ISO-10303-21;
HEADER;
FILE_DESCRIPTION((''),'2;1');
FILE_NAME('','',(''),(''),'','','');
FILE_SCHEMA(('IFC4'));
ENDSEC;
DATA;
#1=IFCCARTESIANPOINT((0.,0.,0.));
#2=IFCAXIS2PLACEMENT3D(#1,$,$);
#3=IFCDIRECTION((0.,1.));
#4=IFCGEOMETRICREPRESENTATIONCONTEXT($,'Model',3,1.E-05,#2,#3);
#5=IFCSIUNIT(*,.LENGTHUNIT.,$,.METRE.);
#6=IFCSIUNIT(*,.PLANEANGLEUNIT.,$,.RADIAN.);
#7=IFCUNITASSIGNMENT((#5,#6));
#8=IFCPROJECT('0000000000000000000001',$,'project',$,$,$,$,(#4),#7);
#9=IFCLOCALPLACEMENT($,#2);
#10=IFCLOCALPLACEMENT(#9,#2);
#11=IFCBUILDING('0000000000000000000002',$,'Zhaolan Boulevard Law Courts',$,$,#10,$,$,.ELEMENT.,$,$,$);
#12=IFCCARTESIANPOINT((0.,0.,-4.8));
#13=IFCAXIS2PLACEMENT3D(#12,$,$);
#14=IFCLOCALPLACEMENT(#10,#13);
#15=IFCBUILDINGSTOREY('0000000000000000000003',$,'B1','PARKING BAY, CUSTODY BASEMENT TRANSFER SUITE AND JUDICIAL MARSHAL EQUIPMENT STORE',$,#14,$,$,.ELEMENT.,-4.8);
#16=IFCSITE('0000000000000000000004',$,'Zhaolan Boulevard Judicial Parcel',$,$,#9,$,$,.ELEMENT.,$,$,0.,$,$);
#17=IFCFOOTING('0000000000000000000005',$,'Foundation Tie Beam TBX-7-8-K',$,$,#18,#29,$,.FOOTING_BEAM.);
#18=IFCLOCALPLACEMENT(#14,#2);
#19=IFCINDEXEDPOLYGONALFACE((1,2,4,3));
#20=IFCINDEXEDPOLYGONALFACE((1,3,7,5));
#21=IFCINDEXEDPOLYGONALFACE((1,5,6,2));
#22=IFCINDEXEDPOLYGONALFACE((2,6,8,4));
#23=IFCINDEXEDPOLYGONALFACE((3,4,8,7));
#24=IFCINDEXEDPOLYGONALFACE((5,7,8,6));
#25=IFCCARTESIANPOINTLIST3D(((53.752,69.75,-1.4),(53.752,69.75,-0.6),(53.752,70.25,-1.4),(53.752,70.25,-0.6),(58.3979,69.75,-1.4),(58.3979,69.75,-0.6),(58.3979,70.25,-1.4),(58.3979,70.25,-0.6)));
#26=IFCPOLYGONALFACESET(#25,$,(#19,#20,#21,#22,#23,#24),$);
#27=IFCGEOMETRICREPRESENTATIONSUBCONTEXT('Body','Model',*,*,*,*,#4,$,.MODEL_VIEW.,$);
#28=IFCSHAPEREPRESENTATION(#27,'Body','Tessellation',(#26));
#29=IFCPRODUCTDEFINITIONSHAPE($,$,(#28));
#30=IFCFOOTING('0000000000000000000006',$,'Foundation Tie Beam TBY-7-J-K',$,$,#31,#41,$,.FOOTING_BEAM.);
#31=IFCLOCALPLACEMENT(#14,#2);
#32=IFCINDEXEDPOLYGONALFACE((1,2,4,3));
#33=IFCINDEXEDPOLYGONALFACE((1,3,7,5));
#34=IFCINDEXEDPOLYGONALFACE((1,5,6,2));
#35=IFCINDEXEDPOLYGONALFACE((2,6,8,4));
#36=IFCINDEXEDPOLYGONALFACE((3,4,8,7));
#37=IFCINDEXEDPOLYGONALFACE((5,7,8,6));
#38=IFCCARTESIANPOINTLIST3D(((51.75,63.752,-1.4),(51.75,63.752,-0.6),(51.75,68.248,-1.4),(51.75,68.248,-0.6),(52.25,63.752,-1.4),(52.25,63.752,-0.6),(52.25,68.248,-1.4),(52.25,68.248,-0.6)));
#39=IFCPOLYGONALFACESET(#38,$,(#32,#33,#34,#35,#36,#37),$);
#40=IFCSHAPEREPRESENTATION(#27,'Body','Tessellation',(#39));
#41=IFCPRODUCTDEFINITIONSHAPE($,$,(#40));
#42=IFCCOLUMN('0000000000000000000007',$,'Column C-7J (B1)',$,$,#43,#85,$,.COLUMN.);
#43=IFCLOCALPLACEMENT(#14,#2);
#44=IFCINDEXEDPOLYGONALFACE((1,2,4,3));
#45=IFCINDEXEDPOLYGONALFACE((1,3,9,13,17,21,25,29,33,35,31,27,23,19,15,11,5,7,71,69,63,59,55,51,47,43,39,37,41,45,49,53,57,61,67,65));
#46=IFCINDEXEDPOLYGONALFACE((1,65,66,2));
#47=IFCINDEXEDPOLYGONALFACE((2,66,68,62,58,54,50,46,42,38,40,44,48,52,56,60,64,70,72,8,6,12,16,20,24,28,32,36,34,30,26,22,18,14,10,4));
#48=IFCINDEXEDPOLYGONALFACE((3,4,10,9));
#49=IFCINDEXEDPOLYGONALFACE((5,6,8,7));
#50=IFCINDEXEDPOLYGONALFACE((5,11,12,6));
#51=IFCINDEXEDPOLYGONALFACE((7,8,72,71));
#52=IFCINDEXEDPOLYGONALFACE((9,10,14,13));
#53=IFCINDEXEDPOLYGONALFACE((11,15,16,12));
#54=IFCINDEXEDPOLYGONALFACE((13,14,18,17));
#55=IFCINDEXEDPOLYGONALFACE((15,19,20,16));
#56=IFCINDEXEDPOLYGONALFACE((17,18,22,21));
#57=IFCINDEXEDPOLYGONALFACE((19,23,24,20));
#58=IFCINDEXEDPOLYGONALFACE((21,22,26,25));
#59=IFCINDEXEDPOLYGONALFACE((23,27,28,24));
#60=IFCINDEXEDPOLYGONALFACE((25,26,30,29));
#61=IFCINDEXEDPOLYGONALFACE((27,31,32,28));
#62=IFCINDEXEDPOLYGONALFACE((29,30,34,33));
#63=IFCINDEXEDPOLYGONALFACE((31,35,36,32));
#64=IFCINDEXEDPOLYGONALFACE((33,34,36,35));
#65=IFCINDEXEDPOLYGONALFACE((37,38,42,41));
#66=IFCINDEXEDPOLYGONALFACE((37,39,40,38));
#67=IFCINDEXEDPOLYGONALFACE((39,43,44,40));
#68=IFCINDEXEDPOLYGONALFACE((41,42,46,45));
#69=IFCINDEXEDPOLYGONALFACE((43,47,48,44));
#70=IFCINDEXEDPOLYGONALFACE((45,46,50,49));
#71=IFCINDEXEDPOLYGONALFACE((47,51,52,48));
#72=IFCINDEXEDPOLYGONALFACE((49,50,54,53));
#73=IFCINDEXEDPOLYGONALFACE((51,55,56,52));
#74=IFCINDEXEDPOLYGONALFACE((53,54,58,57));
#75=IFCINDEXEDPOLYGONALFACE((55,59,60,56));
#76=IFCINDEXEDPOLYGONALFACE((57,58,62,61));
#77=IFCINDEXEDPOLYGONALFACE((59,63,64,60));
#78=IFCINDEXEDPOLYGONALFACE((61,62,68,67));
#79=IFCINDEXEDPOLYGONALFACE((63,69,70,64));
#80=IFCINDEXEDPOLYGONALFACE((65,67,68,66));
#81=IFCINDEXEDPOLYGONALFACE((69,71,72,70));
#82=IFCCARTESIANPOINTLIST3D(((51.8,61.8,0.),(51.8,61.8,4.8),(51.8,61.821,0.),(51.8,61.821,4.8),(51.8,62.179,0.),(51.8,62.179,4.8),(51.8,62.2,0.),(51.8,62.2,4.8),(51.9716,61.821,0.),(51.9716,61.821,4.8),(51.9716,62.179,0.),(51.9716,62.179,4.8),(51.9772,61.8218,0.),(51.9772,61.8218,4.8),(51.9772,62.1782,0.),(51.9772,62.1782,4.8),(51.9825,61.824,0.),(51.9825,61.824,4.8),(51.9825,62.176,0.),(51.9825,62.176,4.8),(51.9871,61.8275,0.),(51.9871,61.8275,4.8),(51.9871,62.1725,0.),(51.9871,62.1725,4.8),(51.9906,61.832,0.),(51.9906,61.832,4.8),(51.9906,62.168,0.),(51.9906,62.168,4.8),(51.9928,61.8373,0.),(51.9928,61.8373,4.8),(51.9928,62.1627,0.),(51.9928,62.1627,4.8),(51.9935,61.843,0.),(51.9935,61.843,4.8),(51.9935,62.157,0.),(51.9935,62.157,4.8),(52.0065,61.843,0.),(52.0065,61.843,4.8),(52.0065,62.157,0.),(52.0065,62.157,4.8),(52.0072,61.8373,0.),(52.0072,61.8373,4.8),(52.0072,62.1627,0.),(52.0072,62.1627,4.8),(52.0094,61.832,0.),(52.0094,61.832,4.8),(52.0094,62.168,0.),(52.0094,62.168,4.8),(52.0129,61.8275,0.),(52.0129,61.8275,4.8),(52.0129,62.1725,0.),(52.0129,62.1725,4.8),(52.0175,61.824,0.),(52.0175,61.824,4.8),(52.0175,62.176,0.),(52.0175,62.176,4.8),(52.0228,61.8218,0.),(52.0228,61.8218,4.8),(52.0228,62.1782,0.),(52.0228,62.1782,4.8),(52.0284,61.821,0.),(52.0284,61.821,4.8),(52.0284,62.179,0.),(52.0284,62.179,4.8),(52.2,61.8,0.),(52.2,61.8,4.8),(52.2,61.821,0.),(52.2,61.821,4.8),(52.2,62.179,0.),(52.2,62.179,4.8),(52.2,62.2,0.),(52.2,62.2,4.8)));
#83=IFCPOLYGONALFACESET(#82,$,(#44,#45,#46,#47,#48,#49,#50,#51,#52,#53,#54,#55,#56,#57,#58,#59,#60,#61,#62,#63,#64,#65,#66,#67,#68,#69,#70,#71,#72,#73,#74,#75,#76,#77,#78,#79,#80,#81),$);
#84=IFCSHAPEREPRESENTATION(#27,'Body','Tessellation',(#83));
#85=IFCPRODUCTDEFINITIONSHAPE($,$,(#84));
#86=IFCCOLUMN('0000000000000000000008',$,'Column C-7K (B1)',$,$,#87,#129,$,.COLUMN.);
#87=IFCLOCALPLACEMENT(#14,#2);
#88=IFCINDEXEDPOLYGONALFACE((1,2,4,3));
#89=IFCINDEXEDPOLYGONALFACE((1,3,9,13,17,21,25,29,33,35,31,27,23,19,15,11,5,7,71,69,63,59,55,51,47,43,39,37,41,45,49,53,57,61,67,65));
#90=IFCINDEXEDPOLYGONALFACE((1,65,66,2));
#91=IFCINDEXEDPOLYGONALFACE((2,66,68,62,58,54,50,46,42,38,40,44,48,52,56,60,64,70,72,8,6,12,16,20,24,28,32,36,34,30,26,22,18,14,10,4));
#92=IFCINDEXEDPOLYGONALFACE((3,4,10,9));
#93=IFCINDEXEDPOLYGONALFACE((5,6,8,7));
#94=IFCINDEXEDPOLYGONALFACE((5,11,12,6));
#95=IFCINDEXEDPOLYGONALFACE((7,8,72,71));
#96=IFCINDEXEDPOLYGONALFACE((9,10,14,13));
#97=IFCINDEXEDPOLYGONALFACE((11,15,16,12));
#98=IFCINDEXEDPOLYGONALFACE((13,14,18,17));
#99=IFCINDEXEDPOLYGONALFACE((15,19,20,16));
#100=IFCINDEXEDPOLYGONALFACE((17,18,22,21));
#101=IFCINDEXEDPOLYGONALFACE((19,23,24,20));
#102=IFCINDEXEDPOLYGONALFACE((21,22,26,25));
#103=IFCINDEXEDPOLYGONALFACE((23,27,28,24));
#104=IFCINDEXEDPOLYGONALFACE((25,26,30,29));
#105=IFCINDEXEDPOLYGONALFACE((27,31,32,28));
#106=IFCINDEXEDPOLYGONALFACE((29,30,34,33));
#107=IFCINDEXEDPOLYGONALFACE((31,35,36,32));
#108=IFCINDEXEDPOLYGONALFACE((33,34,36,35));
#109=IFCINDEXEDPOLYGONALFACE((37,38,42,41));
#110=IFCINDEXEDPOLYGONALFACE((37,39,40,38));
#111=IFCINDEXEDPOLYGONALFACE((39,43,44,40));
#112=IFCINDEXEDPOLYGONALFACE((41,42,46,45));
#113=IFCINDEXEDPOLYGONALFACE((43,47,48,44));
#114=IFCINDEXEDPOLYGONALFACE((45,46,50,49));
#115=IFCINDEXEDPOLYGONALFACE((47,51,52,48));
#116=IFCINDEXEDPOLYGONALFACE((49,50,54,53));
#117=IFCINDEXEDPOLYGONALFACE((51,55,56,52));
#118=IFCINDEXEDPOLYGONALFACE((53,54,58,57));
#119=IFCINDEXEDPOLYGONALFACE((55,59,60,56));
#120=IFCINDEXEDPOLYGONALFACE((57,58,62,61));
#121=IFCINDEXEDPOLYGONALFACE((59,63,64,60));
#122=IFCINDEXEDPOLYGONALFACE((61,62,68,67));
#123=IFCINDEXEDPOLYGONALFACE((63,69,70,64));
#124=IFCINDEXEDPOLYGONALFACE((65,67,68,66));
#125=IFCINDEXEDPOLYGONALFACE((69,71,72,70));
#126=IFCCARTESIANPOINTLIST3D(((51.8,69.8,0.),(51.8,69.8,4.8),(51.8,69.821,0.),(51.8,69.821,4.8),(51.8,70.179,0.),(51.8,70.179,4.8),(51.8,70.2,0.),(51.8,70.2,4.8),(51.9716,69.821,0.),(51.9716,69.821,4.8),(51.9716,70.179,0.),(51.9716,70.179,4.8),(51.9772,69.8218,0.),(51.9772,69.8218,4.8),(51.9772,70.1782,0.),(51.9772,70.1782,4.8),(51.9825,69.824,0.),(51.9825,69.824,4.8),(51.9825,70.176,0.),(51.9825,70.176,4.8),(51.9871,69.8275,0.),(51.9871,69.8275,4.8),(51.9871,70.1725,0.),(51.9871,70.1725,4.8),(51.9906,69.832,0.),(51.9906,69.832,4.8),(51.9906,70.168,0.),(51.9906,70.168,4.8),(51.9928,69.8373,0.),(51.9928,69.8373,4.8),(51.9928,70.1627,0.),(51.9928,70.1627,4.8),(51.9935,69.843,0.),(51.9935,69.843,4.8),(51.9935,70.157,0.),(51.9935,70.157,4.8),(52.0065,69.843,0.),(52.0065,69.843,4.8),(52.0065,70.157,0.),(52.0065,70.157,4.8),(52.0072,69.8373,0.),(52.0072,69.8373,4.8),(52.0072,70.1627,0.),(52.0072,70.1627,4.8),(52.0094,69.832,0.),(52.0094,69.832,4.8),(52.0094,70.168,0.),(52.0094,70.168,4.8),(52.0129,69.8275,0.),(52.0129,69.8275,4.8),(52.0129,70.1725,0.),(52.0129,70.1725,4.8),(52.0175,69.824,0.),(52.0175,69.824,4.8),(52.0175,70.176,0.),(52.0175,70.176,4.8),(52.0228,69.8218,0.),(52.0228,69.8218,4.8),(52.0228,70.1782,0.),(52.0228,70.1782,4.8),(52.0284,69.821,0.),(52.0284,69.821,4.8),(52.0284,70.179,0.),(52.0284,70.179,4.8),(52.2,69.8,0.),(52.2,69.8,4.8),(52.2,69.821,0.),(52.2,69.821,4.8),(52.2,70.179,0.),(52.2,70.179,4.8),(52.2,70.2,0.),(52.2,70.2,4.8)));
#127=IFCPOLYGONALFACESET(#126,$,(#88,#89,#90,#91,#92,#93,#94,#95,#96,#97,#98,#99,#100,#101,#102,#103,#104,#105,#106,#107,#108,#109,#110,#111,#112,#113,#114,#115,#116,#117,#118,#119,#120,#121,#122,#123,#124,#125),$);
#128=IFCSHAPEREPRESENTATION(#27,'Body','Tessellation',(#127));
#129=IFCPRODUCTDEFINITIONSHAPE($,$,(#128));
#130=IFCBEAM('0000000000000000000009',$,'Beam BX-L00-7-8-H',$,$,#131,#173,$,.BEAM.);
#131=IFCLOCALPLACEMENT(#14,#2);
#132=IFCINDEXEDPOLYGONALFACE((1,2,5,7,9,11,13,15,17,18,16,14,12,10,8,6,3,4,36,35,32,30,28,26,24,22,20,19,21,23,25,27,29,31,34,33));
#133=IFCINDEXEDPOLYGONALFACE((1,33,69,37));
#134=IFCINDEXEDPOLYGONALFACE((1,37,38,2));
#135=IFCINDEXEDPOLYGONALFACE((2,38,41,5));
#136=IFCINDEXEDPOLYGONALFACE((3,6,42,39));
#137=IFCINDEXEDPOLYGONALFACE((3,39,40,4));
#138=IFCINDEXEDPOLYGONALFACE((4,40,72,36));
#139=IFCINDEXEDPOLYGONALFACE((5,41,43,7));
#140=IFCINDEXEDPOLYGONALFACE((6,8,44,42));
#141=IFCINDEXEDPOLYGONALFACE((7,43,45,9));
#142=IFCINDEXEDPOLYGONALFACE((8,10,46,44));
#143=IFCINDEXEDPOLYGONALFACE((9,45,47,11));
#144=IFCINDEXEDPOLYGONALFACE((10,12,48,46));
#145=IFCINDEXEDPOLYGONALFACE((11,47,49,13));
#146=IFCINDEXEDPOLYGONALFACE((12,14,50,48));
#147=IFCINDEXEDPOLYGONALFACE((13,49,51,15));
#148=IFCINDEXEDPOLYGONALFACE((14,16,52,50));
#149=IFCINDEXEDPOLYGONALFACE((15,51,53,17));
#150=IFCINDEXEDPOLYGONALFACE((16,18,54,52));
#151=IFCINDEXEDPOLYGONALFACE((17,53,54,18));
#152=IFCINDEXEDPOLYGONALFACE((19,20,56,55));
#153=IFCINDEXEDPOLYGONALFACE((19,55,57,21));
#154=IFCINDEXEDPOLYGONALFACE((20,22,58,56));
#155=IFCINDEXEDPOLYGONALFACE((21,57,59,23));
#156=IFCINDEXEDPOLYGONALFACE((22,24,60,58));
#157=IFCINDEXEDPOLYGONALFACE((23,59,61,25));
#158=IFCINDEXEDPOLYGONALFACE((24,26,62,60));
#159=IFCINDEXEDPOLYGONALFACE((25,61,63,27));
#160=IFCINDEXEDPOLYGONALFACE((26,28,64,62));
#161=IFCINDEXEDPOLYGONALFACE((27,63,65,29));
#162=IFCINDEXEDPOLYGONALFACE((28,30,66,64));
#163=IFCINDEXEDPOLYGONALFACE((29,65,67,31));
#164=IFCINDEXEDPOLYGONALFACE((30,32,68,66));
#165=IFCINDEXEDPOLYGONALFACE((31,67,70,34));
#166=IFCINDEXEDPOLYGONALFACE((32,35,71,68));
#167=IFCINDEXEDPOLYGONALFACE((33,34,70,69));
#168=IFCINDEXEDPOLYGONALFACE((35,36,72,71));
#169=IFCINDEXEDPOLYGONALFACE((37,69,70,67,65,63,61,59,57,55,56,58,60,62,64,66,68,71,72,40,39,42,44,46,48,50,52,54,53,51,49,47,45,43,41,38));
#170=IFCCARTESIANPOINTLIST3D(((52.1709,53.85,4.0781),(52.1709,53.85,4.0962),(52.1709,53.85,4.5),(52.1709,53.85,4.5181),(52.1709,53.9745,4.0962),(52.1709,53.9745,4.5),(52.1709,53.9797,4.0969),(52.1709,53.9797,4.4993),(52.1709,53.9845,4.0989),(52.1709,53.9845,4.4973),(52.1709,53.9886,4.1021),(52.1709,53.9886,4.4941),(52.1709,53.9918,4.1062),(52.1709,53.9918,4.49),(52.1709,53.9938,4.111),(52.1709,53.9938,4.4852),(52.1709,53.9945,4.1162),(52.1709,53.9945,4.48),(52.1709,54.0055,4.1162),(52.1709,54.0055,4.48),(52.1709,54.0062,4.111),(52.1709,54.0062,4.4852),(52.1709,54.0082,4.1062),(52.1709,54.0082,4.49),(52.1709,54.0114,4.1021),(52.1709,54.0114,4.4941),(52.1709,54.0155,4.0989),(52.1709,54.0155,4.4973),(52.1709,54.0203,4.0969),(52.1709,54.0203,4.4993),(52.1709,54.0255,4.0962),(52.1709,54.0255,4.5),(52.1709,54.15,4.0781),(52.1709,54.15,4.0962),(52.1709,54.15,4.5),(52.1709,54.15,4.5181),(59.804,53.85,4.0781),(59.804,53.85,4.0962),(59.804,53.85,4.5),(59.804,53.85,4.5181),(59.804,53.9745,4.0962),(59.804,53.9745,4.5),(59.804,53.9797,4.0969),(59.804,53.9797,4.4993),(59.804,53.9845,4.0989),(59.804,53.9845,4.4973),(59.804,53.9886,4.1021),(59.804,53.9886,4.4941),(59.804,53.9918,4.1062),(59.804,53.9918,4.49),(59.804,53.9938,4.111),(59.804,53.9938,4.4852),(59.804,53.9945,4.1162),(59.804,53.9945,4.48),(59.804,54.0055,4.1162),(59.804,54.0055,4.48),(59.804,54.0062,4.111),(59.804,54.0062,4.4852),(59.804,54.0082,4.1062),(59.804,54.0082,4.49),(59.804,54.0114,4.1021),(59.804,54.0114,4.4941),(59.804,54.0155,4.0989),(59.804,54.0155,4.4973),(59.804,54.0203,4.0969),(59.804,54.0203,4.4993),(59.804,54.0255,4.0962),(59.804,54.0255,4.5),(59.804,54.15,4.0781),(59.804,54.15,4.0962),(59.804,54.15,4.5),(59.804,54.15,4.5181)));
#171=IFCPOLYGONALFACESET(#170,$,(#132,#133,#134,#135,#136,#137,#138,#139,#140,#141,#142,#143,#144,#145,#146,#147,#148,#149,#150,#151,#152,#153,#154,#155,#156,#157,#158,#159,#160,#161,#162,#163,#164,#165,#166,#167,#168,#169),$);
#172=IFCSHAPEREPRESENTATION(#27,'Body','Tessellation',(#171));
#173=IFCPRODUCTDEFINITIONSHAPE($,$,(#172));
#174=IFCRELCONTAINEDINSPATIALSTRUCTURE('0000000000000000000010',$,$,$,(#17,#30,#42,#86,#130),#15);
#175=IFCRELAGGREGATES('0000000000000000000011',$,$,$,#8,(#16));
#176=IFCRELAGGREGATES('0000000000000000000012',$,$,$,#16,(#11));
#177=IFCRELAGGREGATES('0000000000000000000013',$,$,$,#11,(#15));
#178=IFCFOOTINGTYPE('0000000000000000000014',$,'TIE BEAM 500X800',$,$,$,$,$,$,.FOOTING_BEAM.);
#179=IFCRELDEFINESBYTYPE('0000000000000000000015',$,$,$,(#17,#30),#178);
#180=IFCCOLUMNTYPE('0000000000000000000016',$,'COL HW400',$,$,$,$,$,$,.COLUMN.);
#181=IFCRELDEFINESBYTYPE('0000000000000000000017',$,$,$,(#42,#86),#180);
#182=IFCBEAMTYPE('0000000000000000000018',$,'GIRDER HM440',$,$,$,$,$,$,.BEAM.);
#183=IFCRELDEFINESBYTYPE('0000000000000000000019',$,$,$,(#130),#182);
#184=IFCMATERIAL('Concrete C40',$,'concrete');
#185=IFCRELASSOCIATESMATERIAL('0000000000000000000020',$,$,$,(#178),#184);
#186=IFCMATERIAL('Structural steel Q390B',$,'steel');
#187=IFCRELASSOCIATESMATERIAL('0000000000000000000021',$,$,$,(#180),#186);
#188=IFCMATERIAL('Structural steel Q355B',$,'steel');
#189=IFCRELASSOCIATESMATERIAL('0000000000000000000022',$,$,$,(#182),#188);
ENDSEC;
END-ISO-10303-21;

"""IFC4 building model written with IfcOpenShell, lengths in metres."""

from ifc_helpers import new_model, si_unit, direction, frame, origin, origin_2d, place, context, subcontext, project, spatial, rectangle, i_section, extrude, material, material_profile, profile_set, type_object, element, save


model = new_model("IFC4")

# Units and contexts
model_context = context("Model", 3, precision=1e-05, world=origin(), true_north=direction((0.0, 1.0)))
body_context = subcontext(model_context, "Body", "Model", "MODEL_VIEW")
ifc_project = project(units=[si_unit("LENGTHUNIT", "METRE"), si_unit("PLANEANGLEUNIT", "RADIAN")], contexts=[model_context])

# Site, building, storey
site_placement = place(None, origin())
site = spatial("IfcSite", under=ifc_project, at=site_placement, Name="Zhaolan Boulevard Judicial Parcel", CompositionType="ELEMENT", RefElevation=0.0)
building_placement = place(site_placement, origin())
building = spatial("IfcBuilding", under=site, at=building_placement, Name="Zhaolan Boulevard Law Courts", CompositionType="ELEMENT")
storey_placement = place(building_placement, frame((0.0, 0.0, -4.8)))
storey = spatial("IfcBuildingStorey", under=building, at=storey_placement, Name="B1", Description="PARKING BAY, CUSTODY BASEMENT TRANSFER SUITE AND JUDICIAL MARSHAL EQUIPMENT STORE", CompositionType="ELEMENT", Elevation=-4.8)

# Footings
ifc_material_1 = material(Name="Concrete C40", Category="concrete")
ifc_material_profile_1 = material_profile(ifc_material_1, rectangle(XDim=0.5, YDim=0.8, at=origin_2d()), Name="RC500x800")
ifc_profile_set_1 = profile_set([ifc_material_profile_1], Name="Concrete C40")
footing_type_1 = type_object("IfcFootingType", Name="TIE BEAM 500X800", PredefinedType="FOOTING_BEAM", material=ifc_profile_set_1)
footing_1_placement = place(storey_placement, frame((53.752, 70.0, -1.0), z_axis=(1.0, 0.0, 0.0), x_axis=(0.0, 1.0, 0.0)))
element("IfcFooting", 1, at=footing_1_placement, inside=storey, type_object=footing_type_1, Name="Foundation Tie Beam TBX-7-8-K", PredefinedType="FOOTING_BEAM", context=body_context, shape_type="SweptSolid", body=[
    extrude(rectangle(XDim=0.5, YDim=0.8, at=origin_2d()), origin(), (0.0, 0.0, 1.0), 4.646),
])
footing_2_placement = place(storey_placement, frame((52.0, 63.752, -1.0), z_axis=(0.0, 1.0, 0.0), x_axis=(-1.0, 0.0, 0.0)))
element("IfcFooting", 2, at=footing_2_placement, inside=storey, type_object=footing_type_1, Name="Foundation Tie Beam TBY-7-J-K", PredefinedType="FOOTING_BEAM", context=body_context, shape_type="SweptSolid", body=[
    extrude(rectangle(XDim=0.5, YDim=0.8, at=origin_2d()), origin(), (0.0, 0.0, 1.0), 4.4961),
])

# Columns
ifc_material_2 = material(Name="Structural steel Q390B", Category="steel")
ifc_material_profile_2 = material_profile(ifc_material_2, i_section(OverallWidth=0.3999, OverallDepth=0.3999, WebThickness=0.0129, FlangeThickness=0.021, FilletRadius=0.022, at=origin_2d()), Name="HW400x400")
ifc_profile_set_2 = profile_set([ifc_material_profile_2], Name="Structural steel Q390B")
column_type = type_object("IfcColumnType", Name="COL HW400", PredefinedType="COLUMN", material=ifc_profile_set_2)
for number, where, z_axis, x_axis, name in (
    (3, (52.0, 62.0, 0.0), (0.0, 0.0, 1.0), (1.0, 0.0, 0.0), "Column C-7J (B1)"),
    (4, (52.0, 70.0, 0.0), (0.0, 0.0, 1.0), (1.0, 0.0, 0.0), "Column C-7K (B1)"),
):
    element("IfcColumn", number, at=place(storey_placement, frame(where, z_axis=z_axis, x_axis=x_axis)), inside=storey, type_object=column_type, Name=name, PredefinedType="COLUMN", context=body_context, shape_type="SweptSolid", body=[
        extrude(i_section(OverallWidth=0.3999, OverallDepth=0.3999, WebThickness=0.0129, FlangeThickness=0.021, FilletRadius=0.022, at=origin_2d()), origin(), (0.0, 0.0, 1.0), 4.8),
    ])

# Beam
ifc_material_3 = material(Name="Structural steel Q355B", Category="steel")
ifc_material_profile_3 = material_profile(ifc_material_3, i_section(OverallWidth=0.3, OverallDepth=0.4399, WebThickness=0.011, FlangeThickness=0.0181, FilletRadius=0.02, at=origin_2d()), Name="HM440x300")
ifc_profile_set_3 = profile_set([ifc_material_profile_3], Name="Structural steel Q355B")
beam_type_1 = type_object("IfcBeamType", Name="GIRDER HM440", PredefinedType="BEAM", material=ifc_profile_set_3)
beam_1_placement = place(storey_placement, frame((52.1709, 54.0, 4.2981), z_axis=(1.0, 0.0, 0.0), x_axis=(0.0, 1.0, 0.0)))
element("IfcBeam", 5, at=beam_1_placement, inside=storey, type_object=beam_type_1, Name="Beam BX-L00-7-8-H", PredefinedType="BEAM", context=body_context, shape_type="SweptSolid", body=[
    extrude(i_section(OverallWidth=0.3, OverallDepth=0.4399, WebThickness=0.011, FlangeThickness=0.0181, FilletRadius=0.02, at=origin_2d()), origin(), (0.0, 0.0, 1.0), 7.6331),
])

save(model, "model.ifc")
